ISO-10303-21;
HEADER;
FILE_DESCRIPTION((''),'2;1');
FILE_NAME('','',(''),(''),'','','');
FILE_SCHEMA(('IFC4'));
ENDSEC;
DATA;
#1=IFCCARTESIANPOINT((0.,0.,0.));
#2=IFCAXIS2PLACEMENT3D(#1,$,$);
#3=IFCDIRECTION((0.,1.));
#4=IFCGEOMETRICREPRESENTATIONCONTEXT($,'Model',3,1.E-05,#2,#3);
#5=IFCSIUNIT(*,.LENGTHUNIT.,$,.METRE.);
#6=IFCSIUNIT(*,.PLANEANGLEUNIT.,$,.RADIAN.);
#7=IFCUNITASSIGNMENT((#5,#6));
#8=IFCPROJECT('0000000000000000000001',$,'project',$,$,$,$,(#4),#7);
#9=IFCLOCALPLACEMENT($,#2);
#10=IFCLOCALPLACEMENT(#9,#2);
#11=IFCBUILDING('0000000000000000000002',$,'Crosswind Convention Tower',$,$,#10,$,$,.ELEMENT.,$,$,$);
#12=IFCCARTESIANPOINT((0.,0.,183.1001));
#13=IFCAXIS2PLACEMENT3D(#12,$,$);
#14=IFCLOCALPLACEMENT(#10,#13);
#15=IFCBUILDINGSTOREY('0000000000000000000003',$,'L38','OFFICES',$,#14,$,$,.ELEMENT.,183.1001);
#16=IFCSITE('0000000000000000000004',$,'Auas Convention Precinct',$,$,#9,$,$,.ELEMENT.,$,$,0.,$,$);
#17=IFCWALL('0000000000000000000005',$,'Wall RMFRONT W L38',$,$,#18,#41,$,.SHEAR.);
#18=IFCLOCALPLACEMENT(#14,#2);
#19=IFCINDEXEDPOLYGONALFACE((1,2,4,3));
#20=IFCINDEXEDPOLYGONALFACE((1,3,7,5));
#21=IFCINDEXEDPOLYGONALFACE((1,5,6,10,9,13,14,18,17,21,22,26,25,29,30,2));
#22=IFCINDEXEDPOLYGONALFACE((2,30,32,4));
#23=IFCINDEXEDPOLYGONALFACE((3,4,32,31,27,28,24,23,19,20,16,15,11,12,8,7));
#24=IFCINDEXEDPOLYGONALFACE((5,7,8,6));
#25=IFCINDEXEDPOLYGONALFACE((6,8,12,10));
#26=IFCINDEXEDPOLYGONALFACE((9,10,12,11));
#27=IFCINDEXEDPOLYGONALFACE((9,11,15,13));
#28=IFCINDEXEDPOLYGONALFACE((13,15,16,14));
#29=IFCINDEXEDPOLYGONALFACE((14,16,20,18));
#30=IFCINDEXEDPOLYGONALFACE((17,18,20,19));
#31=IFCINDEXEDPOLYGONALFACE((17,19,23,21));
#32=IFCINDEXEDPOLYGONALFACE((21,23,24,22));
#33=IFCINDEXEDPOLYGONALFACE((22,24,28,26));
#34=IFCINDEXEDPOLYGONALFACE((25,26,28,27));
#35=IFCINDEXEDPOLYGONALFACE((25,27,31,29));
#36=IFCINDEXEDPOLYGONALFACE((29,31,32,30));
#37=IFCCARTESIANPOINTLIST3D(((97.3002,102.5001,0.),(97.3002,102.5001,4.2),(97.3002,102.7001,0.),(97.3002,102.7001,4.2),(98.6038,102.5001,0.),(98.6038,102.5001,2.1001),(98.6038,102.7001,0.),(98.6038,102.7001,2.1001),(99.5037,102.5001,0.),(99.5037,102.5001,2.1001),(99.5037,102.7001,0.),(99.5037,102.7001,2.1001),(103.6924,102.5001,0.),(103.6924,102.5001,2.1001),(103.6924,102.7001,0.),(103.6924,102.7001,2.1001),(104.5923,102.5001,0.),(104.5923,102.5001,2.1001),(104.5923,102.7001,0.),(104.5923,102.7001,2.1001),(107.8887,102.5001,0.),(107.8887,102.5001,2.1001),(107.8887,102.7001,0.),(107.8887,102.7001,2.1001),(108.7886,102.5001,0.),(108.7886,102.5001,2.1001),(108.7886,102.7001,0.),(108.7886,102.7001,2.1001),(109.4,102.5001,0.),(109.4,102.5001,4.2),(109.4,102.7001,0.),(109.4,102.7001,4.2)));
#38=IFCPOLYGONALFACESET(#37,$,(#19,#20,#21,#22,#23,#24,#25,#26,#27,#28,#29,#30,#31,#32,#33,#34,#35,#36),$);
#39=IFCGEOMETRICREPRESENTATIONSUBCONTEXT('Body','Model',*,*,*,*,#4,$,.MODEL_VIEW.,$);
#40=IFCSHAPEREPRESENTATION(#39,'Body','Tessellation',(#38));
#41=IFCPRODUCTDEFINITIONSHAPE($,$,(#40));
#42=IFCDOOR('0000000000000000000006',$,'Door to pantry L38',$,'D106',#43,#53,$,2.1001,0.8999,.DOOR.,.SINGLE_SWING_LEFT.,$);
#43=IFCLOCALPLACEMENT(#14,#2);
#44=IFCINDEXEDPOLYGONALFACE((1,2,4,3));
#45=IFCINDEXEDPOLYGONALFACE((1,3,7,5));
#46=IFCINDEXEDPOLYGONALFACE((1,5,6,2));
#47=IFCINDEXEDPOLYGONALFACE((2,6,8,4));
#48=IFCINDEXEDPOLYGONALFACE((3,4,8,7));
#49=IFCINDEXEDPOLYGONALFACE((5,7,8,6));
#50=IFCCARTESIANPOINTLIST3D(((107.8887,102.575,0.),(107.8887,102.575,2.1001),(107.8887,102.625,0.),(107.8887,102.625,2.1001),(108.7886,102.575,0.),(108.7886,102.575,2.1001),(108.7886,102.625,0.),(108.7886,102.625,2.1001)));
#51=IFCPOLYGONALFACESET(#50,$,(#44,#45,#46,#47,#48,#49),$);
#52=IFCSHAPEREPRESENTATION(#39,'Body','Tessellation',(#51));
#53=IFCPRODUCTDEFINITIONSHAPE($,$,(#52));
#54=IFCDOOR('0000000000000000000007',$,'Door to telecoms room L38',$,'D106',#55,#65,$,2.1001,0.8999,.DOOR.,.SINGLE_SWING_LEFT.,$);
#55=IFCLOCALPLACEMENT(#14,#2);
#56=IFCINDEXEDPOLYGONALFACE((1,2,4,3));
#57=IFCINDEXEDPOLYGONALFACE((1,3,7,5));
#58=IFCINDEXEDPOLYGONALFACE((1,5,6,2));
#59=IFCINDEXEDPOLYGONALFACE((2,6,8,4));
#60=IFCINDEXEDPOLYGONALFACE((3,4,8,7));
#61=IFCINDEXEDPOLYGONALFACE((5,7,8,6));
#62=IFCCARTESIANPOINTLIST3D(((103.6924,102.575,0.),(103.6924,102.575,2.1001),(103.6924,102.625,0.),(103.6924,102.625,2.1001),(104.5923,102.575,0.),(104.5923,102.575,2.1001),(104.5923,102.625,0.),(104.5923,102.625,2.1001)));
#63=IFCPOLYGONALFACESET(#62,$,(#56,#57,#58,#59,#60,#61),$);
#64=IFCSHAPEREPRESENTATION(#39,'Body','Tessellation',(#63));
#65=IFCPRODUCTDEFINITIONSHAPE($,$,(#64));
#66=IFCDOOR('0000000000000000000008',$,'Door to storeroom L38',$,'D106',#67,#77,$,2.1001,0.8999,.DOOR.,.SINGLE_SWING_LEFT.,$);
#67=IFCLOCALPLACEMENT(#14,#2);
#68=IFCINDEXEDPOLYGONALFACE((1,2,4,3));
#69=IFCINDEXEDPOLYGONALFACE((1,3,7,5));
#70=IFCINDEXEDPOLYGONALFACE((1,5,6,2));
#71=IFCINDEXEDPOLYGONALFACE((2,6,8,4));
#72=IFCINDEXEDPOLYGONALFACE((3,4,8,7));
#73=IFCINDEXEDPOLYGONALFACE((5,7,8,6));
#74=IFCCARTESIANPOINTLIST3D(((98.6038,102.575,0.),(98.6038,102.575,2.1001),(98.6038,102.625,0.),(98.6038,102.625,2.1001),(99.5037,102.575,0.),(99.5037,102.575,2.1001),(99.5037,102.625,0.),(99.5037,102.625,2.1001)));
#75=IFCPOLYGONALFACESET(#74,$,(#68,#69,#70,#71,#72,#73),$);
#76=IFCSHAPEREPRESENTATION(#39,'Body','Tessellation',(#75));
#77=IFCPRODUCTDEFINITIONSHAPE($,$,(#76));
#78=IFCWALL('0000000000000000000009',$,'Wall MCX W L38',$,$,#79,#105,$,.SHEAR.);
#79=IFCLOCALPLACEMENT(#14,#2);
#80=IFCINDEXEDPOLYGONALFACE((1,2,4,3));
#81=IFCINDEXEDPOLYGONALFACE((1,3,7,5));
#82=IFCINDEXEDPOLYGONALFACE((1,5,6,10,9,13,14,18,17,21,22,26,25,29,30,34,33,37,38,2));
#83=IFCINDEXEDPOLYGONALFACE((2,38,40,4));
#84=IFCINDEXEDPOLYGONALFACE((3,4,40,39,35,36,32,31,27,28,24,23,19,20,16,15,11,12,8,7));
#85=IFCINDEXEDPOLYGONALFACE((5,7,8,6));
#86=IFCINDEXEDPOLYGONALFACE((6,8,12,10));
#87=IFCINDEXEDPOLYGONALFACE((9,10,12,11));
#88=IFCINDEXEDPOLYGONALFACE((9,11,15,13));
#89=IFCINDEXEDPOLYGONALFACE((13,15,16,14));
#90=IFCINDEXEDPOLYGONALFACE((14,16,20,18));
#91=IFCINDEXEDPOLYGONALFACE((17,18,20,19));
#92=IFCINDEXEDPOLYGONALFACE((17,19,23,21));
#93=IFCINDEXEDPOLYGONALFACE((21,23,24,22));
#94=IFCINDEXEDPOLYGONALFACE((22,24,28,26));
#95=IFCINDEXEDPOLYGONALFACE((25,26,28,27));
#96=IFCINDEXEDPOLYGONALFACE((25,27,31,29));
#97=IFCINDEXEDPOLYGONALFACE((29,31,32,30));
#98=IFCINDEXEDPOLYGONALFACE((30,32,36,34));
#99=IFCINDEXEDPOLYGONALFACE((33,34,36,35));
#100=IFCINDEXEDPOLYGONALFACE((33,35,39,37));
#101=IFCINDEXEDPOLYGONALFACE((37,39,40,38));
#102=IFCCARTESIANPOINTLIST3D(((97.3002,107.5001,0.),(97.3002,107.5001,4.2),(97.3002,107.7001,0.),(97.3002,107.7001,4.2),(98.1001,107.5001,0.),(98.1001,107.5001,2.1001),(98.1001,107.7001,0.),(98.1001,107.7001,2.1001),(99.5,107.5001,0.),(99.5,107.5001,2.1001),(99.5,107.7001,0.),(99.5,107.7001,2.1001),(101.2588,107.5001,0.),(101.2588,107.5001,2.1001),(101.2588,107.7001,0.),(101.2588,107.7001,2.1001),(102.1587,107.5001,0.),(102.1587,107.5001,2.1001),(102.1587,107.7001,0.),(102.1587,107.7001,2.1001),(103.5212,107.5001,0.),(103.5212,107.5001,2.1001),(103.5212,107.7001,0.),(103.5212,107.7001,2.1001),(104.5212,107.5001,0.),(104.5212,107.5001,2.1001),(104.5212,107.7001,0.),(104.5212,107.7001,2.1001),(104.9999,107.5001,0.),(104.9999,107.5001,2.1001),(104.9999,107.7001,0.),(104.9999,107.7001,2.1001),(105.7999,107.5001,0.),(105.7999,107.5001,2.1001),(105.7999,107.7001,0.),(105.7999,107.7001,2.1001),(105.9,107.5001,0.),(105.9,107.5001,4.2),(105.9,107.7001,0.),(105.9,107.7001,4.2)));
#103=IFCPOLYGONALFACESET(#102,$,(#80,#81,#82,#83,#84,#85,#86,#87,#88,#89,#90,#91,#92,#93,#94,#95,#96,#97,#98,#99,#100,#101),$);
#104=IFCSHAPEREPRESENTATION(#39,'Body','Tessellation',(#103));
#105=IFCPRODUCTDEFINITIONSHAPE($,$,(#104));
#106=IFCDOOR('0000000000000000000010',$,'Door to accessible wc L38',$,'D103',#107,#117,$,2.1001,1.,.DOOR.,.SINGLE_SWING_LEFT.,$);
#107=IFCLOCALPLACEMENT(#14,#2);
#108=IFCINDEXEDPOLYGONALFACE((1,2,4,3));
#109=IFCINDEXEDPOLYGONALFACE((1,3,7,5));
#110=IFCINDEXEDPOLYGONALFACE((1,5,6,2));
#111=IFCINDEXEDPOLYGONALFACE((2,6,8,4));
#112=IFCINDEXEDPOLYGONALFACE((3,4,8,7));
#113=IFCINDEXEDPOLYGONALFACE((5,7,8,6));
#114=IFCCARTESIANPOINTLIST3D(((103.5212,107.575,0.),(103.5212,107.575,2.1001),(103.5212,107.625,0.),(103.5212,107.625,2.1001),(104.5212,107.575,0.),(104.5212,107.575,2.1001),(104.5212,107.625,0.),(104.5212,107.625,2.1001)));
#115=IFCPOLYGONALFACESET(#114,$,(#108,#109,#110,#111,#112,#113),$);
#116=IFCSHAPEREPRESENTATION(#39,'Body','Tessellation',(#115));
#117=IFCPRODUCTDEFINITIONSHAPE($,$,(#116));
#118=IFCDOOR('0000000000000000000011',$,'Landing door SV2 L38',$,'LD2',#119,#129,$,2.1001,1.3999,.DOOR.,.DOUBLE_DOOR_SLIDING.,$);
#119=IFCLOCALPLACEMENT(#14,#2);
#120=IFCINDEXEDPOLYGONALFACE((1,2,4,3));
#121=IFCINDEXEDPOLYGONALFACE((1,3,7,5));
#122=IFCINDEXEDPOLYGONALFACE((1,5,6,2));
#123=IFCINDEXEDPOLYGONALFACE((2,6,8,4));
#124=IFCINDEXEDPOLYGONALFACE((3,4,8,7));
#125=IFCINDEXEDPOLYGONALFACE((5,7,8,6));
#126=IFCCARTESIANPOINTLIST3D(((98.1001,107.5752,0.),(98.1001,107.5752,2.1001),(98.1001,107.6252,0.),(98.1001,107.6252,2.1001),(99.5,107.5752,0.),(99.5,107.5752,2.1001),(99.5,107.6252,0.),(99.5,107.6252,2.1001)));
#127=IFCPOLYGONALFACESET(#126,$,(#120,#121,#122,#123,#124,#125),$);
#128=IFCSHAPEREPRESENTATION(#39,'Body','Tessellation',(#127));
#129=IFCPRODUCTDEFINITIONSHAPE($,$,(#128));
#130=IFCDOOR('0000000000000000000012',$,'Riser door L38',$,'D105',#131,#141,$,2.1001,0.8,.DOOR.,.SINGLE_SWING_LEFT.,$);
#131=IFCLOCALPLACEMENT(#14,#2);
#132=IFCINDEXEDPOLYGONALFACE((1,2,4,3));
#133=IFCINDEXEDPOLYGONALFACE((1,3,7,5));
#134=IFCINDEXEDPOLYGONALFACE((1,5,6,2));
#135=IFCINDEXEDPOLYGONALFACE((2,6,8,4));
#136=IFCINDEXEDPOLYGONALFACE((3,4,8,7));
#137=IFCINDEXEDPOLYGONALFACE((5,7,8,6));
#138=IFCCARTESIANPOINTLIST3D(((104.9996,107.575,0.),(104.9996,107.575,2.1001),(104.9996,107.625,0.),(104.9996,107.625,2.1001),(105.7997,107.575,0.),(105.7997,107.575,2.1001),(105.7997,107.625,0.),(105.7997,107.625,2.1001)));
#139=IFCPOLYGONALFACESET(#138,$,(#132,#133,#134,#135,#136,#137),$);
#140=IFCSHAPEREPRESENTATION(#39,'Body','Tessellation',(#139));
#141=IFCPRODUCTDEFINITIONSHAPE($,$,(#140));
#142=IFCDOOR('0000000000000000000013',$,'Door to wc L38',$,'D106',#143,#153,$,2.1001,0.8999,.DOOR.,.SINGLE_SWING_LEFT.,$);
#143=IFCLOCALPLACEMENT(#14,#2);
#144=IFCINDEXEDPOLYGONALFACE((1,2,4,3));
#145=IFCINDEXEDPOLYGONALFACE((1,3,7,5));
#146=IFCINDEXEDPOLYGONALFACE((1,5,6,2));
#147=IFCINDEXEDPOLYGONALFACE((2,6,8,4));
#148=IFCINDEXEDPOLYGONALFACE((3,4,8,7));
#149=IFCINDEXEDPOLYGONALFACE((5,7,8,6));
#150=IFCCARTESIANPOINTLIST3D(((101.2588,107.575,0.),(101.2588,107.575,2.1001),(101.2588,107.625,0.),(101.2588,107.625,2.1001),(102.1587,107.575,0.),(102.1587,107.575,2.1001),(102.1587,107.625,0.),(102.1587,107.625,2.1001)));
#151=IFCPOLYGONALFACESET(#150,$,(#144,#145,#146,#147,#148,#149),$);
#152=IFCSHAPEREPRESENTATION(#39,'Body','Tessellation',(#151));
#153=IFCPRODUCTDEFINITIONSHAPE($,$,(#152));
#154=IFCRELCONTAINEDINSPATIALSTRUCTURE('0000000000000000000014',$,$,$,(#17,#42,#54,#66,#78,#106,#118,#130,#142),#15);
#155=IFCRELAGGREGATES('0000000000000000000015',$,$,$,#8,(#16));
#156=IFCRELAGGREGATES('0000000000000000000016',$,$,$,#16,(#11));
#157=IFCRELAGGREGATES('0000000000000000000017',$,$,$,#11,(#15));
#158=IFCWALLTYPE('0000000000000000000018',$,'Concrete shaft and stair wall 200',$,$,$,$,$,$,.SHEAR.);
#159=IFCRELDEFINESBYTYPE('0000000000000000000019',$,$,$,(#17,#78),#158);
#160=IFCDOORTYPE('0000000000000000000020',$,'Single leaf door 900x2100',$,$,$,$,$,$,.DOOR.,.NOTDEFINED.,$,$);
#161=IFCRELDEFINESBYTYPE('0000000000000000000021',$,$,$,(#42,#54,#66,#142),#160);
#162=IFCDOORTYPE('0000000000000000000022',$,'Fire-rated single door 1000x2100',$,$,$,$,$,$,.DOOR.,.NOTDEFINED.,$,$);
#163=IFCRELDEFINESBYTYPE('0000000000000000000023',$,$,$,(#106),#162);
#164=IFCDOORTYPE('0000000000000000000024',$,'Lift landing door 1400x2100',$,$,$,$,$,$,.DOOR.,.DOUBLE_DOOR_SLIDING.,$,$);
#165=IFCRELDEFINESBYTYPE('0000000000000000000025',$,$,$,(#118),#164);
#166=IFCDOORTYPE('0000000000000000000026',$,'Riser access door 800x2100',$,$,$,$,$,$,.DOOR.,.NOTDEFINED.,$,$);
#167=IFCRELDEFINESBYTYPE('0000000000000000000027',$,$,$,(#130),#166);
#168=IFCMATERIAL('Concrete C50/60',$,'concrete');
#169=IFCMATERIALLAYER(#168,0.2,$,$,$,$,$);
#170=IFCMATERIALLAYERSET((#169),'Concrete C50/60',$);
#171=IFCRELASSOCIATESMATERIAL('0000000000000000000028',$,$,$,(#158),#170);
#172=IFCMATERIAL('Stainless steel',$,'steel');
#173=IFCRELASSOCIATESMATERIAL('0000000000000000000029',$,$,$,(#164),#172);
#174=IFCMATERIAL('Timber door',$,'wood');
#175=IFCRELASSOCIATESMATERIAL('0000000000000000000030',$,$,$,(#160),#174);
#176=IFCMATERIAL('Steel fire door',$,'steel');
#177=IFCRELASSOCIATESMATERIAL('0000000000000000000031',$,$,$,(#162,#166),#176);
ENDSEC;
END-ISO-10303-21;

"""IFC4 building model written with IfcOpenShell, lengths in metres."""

from ifc_helpers import new_model, si_unit, direction, frame, frame_2d, origin, place, context, subcontext, project, spatial, rectangle, extrude, material, layer, layer_set, type_object, element, fill, save


model = new_model("IFC4")

# Units and contexts
model_context = context("Model", 3, precision=1e-05, world=origin(), true_north=direction((0.0, 1.0)))
body_context = subcontext(model_context, "Body", "Model", "MODEL_VIEW")
ifc_project = project(units=[si_unit("LENGTHUNIT", "METRE"), si_unit("PLANEANGLEUNIT", "RADIAN")], contexts=[model_context])

# Site, building, storey
site_placement = place(None, origin())
site = spatial("IfcSite", under=ifc_project, at=site_placement, Name="Auas Convention Precinct", CompositionType="ELEMENT", RefElevation=0.0)
building_placement = place(site_placement, origin())
building = spatial("IfcBuilding", under=site, at=building_placement, Name="Crosswind Convention Tower", CompositionType="ELEMENT")
storey_placement = place(building_placement, frame((0.0, 0.0, 183.1001)))
storey = spatial("IfcBuildingStorey", under=building, at=storey_placement, Name="L38", Description="OFFICES", CompositionType="ELEMENT", Elevation=183.1001)

# Shared definitions
ifc_material_1 = material(Name="Concrete C50/60", Category="concrete")
ifc_layer_1 = layer(ifc_material_1, 0.2)
ifc_layer_set_1 = layer_set([ifc_layer_1], Name="Concrete C50/60")
wall_type_1 = type_object("IfcWallType", Name="Concrete shaft and stair wall 200", PredefinedType="SHEAR", material=ifc_layer_set_1)

# Shared definitions
ifc_material_2 = material(Name="Stainless steel", Category="steel")
door_type_1 = type_object("IfcDoorType", Name="Lift landing door 1400x2100", OperationType="DOUBLE_DOOR_SLIDING", PredefinedType="DOOR", material=ifc_material_2)

# Walls, openings, doors
wall_1_placement = place(storey_placement, frame((109.3999, 102.6001, 0.0), z_axis=(0.0, 0.0, 1.0), x_axis=(-1.0, 0.0, 0.0)))
wall_1 = element("IfcWall", 1, at=wall_1_placement, inside=storey, type_object=wall_type_1, Name="Wall RMFRONT W L38", PredefinedType="SHEAR", context=body_context, shape_type="SweptSolid", body=[
    extrude(rectangle(XDim=12.0999, YDim=0.2, at=frame_2d((6.0498, 0.0))), origin(), (0.0, 0.0, 1.0), 4.2),
])
opening_1_placement = place(wall_1_placement, frame((0.6113, 0.0, 0.0)))
opening_1 = element("IfcOpeningElement", 2, at=opening_1_placement, cuts=wall_1, PredefinedType="OPENING", context=body_context, shape_type="SweptSolid", body=[
    extrude(rectangle(XDim=0.8999, YDim=2.1001, at=frame_2d((0.45, 1.05))), frame((0.0, 0.1099, 0.0), z_axis=(0.0, -1.0, 0.0), x_axis=(1.0, 0.0, 0.0)), (0.0, 0.0, 1.0), 0.22),
])
opening_2_placement = place(wall_1_placement, frame((4.8076, 0.0, 0.0)))
opening_2 = element("IfcOpeningElement", 3, at=opening_2_placement, cuts=wall_1, PredefinedType="OPENING", context=body_context, shape_type="SweptSolid", body=[
    extrude(rectangle(XDim=0.8999, YDim=2.1001, at=frame_2d((0.45, 1.05))), frame((0.0, 0.1099, 0.0), z_axis=(0.0, -1.0, 0.0), x_axis=(1.0, 0.0, 0.0)), (0.0, 0.0, 1.0), 0.22),
])
opening_3_placement = place(wall_1_placement, frame((9.8962, 0.0, 0.0)))
opening_3 = element("IfcOpeningElement", 4, at=opening_3_placement, cuts=wall_1, PredefinedType="OPENING", context=body_context, shape_type="SweptSolid", body=[
    extrude(rectangle(XDim=0.8999, YDim=2.1001, at=frame_2d((0.45, 1.05))), frame((0.0, 0.1099, 0.0), z_axis=(0.0, -1.0, 0.0), x_axis=(1.0, 0.0, 0.0)), (0.0, 0.0, 1.0), 0.22),
])
ifc_material_3 = material(Name="Timber door", Category="wood")
door_type_2 = type_object("IfcDoorType", Name="Single leaf door 900x2100", OperationType="NOTDEFINED", PredefinedType="DOOR", material=ifc_material_3)
door_1_placement = place(opening_1_placement, frame((0.8999, 0.0, 0.0), z_axis=(0.0, 0.0, 1.0), x_axis=(-1.0, 0.0, 0.0)))
door_1 = element("IfcDoor", 5, at=door_1_placement, inside=storey, type_object=door_type_2, Name="Door to pantry L38", ObjectType="D106", OperationType="SINGLE_SWING_LEFT", OverallHeight=2.1001, OverallWidth=0.8999, PredefinedType="DOOR", context=body_context, shape_type="SweptSolid", body=[
    extrude(rectangle(XDim=0.8999, YDim=2.1001, at=frame_2d((0.45, 1.05))), frame((0.0, 0.0249, 0.0), z_axis=(0.0, -1.0, 0.0), x_axis=(1.0, 0.0, 0.0)), (0.0, 0.0, 1.0), 0.05),
])
fill(opening_1, door_1)
door_2_placement = place(opening_2_placement, frame((0.8999, 0.0, 0.0), z_axis=(0.0, 0.0, 1.0), x_axis=(-1.0, 0.0, 0.0)))
door_2 = element("IfcDoor", 6, at=door_2_placement, inside=storey, type_object=door_type_2, Name="Door to telecoms room L38", ObjectType="D106", OperationType="SINGLE_SWING_LEFT", OverallHeight=2.1001, OverallWidth=0.8999, PredefinedType="DOOR", context=body_context, shape_type="SweptSolid", body=[
    extrude(rectangle(XDim=0.8999, YDim=2.1001, at=frame_2d((0.45, 1.05))), frame((0.0, 0.0249, 0.0), z_axis=(0.0, -1.0, 0.0), x_axis=(1.0, 0.0, 0.0)), (0.0, 0.0, 1.0), 0.05),
])
fill(opening_2, door_2)
door_3_placement = place(opening_3_placement, frame((0.8999, 0.0, 0.0), z_axis=(0.0, 0.0, 1.0), x_axis=(-1.0, 0.0, 0.0)))
door_3 = element("IfcDoor", 7, at=door_3_placement, inside=storey, type_object=door_type_2, Name="Door to storeroom L38", ObjectType="D106", OperationType="SINGLE_SWING_LEFT", OverallHeight=2.1001, OverallWidth=0.8999, PredefinedType="DOOR", context=body_context, shape_type="SweptSolid", body=[
    extrude(rectangle(XDim=0.8999, YDim=2.1001, at=frame_2d((0.45, 1.05))), frame((0.0, 0.0249, 0.0), z_axis=(0.0, -1.0, 0.0), x_axis=(1.0, 0.0, 0.0)), (0.0, 0.0, 1.0), 0.05),
])
fill(opening_3, door_3)
wall_2_placement = place(storey_placement, frame((105.8999, 107.6001, 0.0), z_axis=(0.0, 0.0, 1.0), x_axis=(-1.0, 0.0, 0.0)))
wall_2 = element("IfcWall", 8, at=wall_2_placement, inside=storey, type_object=wall_type_1, Name="Wall MCX W L38", PredefinedType="SHEAR", context=body_context, shape_type="SweptSolid", body=[
    extrude(rectangle(XDim=8.5999, YDim=0.2, at=frame_2d((4.2998, 0.0))), origin(), (0.0, 0.0, 1.0), 4.2),
])
opening_4_placement = place(wall_2_placement, frame((0.1001, 0.0, 0.0)))
opening_4 = element("IfcOpeningElement", 9, at=opening_4_placement, cuts=wall_2, PredefinedType="OPENING", context=body_context, shape_type="SweptSolid", body=[
    extrude(rectangle(XDim=0.8, YDim=2.1001, at=frame_2d((0.3999, 1.05))), frame((0.0, 0.1099, 0.0), z_axis=(0.0, -1.0, 0.0), x_axis=(1.0, 0.0, 0.0)), (0.0, 0.0, 1.0), 0.22),
])
opening_5_placement = place(wall_2_placement, frame((1.3787, 0.0, 0.0)))
opening_5 = element("IfcOpeningElement", 10, at=opening_5_placement, cuts=wall_2, PredefinedType="OPENING", context=body_context, shape_type="SweptSolid", body=[
    extrude(rectangle(XDim=1.0, YDim=2.1001, at=frame_2d((0.5, 1.05))), frame((0.0, 0.1099, 0.0), z_axis=(0.0, -1.0, 0.0), x_axis=(1.0, 0.0, 0.0)), (0.0, 0.0, 1.0), 0.22),
])
opening_6_placement = place(wall_2_placement, frame((3.7412, 0.0, 0.0)))
opening_6 = element("IfcOpeningElement", 11, at=opening_6_placement, cuts=wall_2, PredefinedType="OPENING", context=body_context, shape_type="SweptSolid", body=[
    extrude(rectangle(XDim=0.8999, YDim=2.1001, at=frame_2d((0.45, 1.05))), frame((0.0, 0.1099, 0.0), z_axis=(0.0, -1.0, 0.0), x_axis=(1.0, 0.0, 0.0)), (0.0, 0.0, 1.0), 0.22),
])
opening_7_placement = place(wall_2_placement, frame((6.3999, 0.0, 0.0)))
opening_7 = element("IfcOpeningElement", 12, at=opening_7_placement, cuts=wall_2, PredefinedType="OPENING", context=body_context, shape_type="SweptSolid", body=[
    extrude(rectangle(XDim=1.3999, YDim=2.1001, at=frame_2d((0.7, 1.05))), frame((0.0, 0.1099, 0.0), z_axis=(0.0, -1.0, 0.0), x_axis=(1.0, 0.0, 0.0)), (0.0, 0.0, 1.0), 0.22),
])
ifc_material_4 = material(Name="Steel fire door", Category="steel")
door_type_3 = type_object("IfcDoorType", Name="Fire-rated single door 1000x2100", OperationType="NOTDEFINED", PredefinedType="DOOR", material=ifc_material_4)
door_4_placement = place(opening_5_placement, frame((1.0, 0.0, 0.0), z_axis=(0.0, 0.0, 1.0), x_axis=(-1.0, 0.0, 0.0)))
door_4 = element("IfcDoor", 13, at=door_4_placement, inside=storey, type_object=door_type_3, Name="Door to accessible wc L38", ObjectType="D103", OperationType="SINGLE_SWING_LEFT", OverallHeight=2.1001, OverallWidth=1.0, PredefinedType="DOOR", context=body_context, shape_type="SweptSolid", body=[
    extrude(rectangle(XDim=1.0, YDim=2.1001, at=frame_2d((0.5, 1.05))), frame((0.0, 0.0249, 0.0), z_axis=(0.0, -1.0, 0.0), x_axis=(1.0, 0.0, 0.0)), (0.0, 0.0, 1.0), 0.05),
])
fill(opening_5, door_4)
door_5_placement = place(opening_7_placement, origin())
door_5 = element("IfcDoor", 14, at=door_5_placement, inside=storey, type_object=door_type_1, Name="Landing door SV2 L38", ObjectType="LD2", OperationType="DOUBLE_DOOR_SLIDING", OverallHeight=2.1001, OverallWidth=1.3999, PredefinedType="DOOR", context=body_context, shape_type="SweptSolid", body=[
    extrude(rectangle(XDim=1.3999, YDim=2.1001, at=frame_2d((0.7, 1.05))), frame((0.0, 0.0249, 0.0), z_axis=(0.0, -1.0, 0.0), x_axis=(1.0, 0.0, 0.0)), (0.0, 0.0, 1.0), 0.05),
])
fill(opening_7, door_5)
door_type_4 = type_object("IfcDoorType", Name="Riser access door 800x2100", OperationType="NOTDEFINED", PredefinedType="DOOR", material=ifc_material_4)
door_6_placement = place(opening_4_placement, frame((0.8, 0.0, 0.0), z_axis=(0.0, 0.0, 1.0), x_axis=(-1.0, 0.0, 0.0)))
door_6 = element("IfcDoor", 15, at=door_6_placement, inside=storey, type_object=door_type_4, Name="Riser door L38", ObjectType="D105", OperationType="SINGLE_SWING_LEFT", OverallHeight=2.1001, OverallWidth=0.8, PredefinedType="DOOR", context=body_context, shape_type="SweptSolid", body=[
    extrude(rectangle(XDim=0.8, YDim=2.1001, at=frame_2d((0.3999, 1.05))), frame((0.0, 0.0249, 0.0), z_axis=(0.0, -1.0, 0.0), x_axis=(1.0, 0.0, 0.0)), (0.0, 0.0, 1.0), 0.05),
])
fill(opening_4, door_6)
door_7_placement = place(opening_6_placement, frame((0.8999, 0.0, 0.0), z_axis=(0.0, 0.0, 1.0), x_axis=(-1.0, 0.0, 0.0)))
door_7 = element("IfcDoor", 16, at=door_7_placement, inside=storey, type_object=door_type_2, Name="Door to wc L38", ObjectType="D106", OperationType="SINGLE_SWING_LEFT", OverallHeight=2.1001, OverallWidth=0.8999, PredefinedType="DOOR", context=body_context, shape_type="SweptSolid", body=[
    extrude(rectangle(XDim=0.8999, YDim=2.1001, at=frame_2d((0.45, 1.05))), frame((0.0, 0.0249, 0.0), z_axis=(0.0, -1.0, 0.0), x_axis=(1.0, 0.0, 0.0)), (0.0, 0.0, 1.0), 0.05),
])
fill(opening_6, door_7)

save(model, "model.ifc")
